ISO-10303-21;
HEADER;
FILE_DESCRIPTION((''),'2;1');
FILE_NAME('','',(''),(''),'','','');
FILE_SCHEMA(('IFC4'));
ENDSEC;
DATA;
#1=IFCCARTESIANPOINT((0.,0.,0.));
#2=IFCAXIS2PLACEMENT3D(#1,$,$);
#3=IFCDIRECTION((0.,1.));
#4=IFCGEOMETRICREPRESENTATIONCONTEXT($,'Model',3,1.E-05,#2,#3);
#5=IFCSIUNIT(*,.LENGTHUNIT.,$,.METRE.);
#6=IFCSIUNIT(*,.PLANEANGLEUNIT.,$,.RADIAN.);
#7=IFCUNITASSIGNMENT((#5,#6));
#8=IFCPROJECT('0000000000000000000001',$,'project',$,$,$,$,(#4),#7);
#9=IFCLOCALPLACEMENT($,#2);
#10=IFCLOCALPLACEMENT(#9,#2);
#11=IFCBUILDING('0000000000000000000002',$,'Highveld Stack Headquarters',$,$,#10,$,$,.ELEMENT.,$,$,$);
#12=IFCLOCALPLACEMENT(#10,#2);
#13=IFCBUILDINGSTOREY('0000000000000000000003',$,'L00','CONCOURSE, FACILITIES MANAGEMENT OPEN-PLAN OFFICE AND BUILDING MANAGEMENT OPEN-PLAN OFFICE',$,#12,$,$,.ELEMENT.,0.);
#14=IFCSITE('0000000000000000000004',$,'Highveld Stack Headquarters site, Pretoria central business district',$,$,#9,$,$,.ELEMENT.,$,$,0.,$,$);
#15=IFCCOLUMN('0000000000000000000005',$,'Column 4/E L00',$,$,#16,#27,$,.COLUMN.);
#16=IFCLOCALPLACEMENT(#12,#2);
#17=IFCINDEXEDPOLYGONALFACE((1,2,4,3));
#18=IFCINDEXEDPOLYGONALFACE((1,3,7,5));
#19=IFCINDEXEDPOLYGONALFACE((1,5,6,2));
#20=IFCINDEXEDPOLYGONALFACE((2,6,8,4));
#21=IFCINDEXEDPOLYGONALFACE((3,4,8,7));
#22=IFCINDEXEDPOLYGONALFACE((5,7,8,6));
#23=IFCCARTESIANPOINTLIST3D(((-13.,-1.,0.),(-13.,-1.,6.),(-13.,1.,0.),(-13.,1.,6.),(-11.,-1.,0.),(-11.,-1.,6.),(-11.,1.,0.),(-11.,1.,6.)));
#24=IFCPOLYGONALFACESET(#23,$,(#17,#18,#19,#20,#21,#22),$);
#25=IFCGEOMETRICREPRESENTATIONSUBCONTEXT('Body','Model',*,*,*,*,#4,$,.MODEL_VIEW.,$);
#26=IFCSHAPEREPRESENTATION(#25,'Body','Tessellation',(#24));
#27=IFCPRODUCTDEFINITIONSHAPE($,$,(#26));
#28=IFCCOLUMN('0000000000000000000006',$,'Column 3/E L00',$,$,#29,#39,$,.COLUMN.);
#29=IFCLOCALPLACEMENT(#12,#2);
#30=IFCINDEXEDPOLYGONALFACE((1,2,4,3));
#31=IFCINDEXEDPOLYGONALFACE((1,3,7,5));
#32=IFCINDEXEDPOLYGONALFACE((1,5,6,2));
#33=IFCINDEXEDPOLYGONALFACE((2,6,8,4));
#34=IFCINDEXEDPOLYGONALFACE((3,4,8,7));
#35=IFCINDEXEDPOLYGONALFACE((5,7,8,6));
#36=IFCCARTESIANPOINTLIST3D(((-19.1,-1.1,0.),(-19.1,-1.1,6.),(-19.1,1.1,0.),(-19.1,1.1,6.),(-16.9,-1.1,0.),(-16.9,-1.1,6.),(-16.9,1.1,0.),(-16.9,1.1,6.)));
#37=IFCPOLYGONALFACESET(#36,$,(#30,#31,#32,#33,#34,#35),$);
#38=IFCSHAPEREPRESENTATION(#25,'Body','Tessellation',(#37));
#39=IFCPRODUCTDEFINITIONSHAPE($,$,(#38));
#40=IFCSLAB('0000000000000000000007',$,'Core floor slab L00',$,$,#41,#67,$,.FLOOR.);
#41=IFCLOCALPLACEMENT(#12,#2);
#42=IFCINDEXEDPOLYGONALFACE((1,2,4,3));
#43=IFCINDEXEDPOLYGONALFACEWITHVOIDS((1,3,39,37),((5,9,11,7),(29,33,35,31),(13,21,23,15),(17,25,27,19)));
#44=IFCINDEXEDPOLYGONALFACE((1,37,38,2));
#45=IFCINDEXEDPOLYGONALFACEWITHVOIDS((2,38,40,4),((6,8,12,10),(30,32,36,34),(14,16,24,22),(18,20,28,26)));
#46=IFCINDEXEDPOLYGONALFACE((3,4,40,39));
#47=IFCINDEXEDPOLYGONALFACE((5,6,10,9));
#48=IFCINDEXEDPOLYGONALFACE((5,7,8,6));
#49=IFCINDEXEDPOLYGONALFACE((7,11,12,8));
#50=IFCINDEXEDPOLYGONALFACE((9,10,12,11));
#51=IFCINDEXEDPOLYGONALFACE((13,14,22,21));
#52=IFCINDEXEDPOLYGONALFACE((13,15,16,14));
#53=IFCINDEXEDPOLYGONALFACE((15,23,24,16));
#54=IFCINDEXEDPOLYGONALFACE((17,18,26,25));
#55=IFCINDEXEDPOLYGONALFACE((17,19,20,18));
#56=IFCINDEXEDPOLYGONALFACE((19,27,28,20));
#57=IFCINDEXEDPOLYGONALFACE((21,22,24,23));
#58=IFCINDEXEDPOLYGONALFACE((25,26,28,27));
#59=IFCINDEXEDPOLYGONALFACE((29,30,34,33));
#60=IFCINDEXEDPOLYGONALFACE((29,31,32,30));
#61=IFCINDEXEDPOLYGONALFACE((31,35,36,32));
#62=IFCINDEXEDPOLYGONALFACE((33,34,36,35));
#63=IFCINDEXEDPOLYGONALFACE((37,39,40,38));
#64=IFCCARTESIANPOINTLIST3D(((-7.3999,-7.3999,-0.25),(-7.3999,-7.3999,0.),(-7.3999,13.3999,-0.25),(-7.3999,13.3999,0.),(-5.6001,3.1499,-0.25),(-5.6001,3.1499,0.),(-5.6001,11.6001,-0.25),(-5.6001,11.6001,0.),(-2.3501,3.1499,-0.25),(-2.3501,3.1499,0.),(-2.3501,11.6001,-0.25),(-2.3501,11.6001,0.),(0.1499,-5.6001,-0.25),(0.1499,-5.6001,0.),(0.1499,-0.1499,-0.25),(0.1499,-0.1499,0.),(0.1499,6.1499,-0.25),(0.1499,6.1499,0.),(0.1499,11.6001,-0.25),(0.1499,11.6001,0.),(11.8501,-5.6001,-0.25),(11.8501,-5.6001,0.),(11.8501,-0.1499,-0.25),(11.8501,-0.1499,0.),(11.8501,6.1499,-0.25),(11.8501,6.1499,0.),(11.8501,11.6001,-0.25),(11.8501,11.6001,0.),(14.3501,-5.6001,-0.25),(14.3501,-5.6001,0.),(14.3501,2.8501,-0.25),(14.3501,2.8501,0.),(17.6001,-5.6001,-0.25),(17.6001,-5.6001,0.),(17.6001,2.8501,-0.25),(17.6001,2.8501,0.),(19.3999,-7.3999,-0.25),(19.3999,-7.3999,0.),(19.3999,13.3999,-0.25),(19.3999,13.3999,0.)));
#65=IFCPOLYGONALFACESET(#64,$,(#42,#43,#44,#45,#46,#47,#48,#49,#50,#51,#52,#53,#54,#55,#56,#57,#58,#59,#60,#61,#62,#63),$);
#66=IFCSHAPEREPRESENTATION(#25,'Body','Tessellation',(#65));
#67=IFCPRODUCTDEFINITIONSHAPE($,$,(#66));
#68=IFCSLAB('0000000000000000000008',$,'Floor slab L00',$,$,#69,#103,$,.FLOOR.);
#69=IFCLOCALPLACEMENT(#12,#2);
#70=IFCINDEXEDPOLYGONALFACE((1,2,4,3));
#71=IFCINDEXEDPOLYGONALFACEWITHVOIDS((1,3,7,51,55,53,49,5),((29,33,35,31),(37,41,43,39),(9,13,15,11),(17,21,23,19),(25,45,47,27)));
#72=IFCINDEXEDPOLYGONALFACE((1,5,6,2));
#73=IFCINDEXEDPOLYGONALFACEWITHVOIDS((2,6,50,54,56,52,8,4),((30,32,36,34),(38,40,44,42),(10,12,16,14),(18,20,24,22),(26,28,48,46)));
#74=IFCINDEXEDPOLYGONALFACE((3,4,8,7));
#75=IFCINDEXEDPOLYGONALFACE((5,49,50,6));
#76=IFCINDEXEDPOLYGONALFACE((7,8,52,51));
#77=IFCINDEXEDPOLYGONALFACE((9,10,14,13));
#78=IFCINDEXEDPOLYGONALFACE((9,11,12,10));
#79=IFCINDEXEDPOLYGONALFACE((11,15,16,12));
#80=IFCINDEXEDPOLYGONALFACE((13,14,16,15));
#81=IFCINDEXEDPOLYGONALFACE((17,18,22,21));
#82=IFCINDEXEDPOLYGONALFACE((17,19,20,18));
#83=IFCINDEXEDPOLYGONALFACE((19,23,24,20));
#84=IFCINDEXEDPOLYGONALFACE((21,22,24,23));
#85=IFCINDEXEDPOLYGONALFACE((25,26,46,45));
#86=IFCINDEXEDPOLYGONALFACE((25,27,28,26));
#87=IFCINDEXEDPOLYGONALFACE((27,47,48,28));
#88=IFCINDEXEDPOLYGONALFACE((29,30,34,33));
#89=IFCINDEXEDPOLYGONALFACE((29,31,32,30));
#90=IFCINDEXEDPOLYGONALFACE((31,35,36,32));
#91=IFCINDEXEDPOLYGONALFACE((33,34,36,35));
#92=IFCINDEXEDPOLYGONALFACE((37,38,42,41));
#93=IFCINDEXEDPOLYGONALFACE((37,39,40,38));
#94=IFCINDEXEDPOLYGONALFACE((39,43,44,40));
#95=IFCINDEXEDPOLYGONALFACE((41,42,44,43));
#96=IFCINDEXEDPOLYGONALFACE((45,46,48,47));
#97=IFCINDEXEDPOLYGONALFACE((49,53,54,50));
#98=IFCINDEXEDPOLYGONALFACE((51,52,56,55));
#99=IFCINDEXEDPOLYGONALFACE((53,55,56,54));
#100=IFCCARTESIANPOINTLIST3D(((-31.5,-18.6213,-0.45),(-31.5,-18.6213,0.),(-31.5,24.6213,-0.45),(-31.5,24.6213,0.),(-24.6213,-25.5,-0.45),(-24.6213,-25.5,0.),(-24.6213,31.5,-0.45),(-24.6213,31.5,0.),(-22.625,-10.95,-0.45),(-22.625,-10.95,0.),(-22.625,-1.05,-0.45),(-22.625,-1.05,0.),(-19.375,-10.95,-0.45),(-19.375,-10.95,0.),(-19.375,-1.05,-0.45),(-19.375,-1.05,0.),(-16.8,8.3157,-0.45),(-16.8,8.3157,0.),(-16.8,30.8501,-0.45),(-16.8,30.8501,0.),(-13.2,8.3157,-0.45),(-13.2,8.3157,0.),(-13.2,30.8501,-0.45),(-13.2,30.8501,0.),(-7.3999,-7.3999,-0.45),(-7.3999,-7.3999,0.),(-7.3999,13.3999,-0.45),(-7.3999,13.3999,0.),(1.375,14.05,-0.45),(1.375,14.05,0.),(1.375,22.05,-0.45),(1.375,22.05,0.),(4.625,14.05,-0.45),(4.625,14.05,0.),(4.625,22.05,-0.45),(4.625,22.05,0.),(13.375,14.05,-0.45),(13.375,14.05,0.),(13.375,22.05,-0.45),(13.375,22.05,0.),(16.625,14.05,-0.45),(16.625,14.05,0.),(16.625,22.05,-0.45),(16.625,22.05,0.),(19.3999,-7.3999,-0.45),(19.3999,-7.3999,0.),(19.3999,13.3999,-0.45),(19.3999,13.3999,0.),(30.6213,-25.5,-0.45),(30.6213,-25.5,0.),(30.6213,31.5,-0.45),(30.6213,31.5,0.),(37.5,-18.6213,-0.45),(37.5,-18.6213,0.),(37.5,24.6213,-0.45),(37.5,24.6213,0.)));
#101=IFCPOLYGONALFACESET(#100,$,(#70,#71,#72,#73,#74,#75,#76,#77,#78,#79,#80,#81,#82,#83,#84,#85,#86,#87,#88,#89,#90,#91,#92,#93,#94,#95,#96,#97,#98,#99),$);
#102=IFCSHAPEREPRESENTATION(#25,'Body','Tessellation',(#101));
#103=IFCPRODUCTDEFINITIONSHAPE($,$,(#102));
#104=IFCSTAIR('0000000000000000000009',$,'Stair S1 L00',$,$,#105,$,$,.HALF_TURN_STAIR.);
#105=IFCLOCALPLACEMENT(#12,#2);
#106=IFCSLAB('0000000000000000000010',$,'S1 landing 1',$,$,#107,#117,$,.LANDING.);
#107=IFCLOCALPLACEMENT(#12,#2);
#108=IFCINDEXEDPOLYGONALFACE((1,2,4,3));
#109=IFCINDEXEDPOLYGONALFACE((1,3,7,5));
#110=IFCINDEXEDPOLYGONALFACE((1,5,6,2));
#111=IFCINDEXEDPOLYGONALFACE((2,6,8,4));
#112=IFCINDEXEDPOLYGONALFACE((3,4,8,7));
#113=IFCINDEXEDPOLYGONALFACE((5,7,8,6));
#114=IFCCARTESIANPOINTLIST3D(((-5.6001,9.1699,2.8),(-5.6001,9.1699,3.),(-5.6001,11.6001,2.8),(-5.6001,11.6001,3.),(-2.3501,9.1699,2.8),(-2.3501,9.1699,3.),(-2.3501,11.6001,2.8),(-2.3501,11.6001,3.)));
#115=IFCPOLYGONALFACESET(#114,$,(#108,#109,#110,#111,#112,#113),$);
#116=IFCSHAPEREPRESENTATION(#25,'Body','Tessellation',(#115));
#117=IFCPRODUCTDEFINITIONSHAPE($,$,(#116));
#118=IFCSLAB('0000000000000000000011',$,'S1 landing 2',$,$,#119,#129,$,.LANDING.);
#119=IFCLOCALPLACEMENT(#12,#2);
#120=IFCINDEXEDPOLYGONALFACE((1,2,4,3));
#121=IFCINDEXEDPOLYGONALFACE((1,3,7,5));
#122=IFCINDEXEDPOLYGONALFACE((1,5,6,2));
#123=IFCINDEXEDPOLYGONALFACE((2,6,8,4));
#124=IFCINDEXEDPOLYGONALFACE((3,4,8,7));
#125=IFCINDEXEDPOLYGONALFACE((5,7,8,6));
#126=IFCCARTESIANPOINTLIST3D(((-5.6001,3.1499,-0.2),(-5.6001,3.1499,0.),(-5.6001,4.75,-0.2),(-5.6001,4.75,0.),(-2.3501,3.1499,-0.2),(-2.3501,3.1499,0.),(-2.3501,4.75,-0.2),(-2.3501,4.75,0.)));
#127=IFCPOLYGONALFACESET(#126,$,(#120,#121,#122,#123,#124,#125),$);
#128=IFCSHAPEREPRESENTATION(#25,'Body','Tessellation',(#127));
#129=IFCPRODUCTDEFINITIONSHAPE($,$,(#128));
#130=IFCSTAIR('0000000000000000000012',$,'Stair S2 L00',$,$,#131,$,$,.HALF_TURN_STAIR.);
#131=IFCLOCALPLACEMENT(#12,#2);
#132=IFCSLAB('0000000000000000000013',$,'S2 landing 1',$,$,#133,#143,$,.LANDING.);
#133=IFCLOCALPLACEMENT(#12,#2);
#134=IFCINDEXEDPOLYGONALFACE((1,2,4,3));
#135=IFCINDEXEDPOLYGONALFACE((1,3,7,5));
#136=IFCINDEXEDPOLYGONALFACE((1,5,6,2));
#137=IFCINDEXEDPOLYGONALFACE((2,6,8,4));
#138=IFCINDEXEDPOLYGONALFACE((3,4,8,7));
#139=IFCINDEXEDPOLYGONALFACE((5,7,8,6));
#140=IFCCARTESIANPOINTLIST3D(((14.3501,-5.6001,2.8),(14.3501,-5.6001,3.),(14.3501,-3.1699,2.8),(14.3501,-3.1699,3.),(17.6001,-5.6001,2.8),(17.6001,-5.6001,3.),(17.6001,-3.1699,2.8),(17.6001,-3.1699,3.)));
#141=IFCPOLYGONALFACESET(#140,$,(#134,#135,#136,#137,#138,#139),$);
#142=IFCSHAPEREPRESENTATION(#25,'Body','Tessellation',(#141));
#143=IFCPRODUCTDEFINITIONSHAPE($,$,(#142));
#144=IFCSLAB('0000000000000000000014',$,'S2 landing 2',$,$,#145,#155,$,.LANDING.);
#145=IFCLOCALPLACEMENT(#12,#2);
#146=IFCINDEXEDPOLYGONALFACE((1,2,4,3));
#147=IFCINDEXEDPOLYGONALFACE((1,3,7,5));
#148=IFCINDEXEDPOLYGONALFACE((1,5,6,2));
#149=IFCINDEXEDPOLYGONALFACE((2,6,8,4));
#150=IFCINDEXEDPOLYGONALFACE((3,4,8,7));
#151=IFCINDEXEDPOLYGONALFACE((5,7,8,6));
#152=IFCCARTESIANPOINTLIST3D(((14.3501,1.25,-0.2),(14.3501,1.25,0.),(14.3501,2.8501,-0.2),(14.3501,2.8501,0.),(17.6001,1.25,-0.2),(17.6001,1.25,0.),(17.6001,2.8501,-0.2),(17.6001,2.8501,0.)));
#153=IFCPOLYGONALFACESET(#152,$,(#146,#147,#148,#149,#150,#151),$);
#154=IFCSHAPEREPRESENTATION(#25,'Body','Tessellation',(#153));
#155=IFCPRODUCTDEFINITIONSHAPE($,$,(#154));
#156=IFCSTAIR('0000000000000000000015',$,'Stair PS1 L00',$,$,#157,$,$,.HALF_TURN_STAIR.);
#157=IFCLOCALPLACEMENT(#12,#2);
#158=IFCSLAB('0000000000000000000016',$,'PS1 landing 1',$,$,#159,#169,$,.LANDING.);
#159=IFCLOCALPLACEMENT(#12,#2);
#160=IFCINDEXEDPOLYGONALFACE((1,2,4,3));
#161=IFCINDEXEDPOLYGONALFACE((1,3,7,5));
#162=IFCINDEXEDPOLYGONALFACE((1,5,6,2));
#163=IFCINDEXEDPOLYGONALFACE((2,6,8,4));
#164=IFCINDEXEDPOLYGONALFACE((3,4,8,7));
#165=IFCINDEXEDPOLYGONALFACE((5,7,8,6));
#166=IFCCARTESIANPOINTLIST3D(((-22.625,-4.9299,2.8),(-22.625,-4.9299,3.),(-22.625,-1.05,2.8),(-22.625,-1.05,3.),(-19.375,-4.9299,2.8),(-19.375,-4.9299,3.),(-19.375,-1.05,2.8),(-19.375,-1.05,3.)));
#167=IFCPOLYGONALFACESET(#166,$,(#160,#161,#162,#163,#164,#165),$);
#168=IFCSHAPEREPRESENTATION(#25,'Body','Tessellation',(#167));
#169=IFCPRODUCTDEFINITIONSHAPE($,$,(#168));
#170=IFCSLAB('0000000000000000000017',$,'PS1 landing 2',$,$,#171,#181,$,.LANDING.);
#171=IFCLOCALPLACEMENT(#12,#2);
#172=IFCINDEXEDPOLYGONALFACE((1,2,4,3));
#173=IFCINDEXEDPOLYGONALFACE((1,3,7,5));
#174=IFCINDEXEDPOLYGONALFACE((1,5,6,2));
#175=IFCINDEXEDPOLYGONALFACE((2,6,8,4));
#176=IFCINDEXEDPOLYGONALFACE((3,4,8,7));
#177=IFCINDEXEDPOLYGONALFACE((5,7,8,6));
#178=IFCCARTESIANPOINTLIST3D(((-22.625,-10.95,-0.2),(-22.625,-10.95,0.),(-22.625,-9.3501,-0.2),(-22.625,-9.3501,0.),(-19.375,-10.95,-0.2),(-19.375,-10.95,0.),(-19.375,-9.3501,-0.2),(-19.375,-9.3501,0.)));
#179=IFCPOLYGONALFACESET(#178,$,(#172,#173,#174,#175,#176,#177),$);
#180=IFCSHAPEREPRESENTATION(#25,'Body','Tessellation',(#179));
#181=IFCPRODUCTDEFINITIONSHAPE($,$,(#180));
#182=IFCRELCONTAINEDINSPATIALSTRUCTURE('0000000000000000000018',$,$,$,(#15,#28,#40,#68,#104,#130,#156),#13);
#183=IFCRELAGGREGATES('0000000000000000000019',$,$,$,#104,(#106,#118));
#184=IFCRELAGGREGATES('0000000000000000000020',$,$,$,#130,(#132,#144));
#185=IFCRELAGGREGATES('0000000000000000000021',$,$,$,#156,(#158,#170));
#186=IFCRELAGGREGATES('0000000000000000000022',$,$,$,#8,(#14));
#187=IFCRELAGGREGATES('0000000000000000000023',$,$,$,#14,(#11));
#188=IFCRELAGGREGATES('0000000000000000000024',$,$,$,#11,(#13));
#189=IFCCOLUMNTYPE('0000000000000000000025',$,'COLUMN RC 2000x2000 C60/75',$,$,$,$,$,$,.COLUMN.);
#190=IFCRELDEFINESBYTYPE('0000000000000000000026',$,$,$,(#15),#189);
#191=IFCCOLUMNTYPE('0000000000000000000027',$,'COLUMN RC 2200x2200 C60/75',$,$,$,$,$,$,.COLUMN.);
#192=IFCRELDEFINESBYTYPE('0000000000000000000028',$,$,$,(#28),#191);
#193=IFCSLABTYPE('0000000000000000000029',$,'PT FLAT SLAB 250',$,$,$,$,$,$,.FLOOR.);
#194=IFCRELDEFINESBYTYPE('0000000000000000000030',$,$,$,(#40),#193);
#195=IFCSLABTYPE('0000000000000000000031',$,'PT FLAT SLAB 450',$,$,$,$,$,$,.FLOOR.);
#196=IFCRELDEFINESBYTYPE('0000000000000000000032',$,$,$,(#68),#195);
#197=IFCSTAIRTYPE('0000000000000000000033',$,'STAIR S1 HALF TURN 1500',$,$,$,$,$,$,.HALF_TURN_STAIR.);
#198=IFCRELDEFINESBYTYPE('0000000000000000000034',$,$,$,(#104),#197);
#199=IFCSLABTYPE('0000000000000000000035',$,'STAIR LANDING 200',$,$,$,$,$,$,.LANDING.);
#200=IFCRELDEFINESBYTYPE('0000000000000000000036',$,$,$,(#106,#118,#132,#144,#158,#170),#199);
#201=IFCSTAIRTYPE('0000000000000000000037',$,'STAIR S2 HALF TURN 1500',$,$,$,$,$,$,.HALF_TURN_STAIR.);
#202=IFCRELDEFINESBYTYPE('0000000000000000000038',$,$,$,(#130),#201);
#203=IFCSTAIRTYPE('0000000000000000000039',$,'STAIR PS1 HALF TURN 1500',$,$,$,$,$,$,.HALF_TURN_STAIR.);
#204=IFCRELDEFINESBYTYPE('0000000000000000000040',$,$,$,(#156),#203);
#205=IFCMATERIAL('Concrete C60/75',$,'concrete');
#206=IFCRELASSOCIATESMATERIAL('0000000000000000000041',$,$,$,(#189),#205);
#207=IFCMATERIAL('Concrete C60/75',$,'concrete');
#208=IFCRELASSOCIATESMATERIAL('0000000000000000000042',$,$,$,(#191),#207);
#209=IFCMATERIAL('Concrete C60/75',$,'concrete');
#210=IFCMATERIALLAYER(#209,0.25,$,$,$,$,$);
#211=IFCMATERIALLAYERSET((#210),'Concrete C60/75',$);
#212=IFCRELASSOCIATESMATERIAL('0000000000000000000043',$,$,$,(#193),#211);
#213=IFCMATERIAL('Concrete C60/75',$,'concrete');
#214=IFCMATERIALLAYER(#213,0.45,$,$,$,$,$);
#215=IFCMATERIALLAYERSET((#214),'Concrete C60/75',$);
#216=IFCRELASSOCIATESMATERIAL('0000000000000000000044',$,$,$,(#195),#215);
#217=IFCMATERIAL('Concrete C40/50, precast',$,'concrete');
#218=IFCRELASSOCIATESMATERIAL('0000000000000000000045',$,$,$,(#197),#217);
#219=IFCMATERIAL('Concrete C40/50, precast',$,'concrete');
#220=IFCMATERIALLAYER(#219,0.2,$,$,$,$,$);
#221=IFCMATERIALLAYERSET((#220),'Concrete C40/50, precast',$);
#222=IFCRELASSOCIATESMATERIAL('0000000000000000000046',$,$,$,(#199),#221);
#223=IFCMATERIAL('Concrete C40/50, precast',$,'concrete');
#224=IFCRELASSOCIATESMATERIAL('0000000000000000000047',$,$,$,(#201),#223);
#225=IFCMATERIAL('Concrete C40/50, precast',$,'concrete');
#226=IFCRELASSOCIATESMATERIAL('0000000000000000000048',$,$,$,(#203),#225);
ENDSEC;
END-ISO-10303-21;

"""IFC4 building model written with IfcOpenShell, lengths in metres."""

from ifc_helpers import new_model, si_unit, direction, frame, origin, origin_2d, place, context, subcontext, project, spatial, polyline, rectangle, outline, extrude, material, layer, layer_set, material_profile, profile_set, type_object, element, aggregate, save


model = new_model("IFC4")

# Units and contexts
model_context = context("Model", 3, precision=1e-05, world=origin(), true_north=direction((0.0, 1.0)))
body_context = subcontext(model_context, "Body", "Model", "MODEL_VIEW")
ifc_project = project(units=[si_unit("LENGTHUNIT", "METRE"), si_unit("PLANEANGLEUNIT", "RADIAN")], contexts=[model_context])

# Site, building, storey
site_placement = place(None, origin())
site = spatial("IfcSite", under=ifc_project, at=site_placement, Name="Highveld Stack Headquarters site, Pretoria central business district", CompositionType="ELEMENT", RefElevation=0.0)
building_placement = place(site_placement, origin())
building = spatial("IfcBuilding", under=site, at=building_placement, Name="Highveld Stack Headquarters", CompositionType="ELEMENT")
storey_placement = place(building_placement, origin())
storey = spatial("IfcBuildingStorey", under=building, at=storey_placement, Name="L00", Description="CONCOURSE, FACILITIES MANAGEMENT OPEN-PLAN OFFICE AND BUILDING MANAGEMENT OPEN-PLAN OFFICE", CompositionType="ELEMENT", Elevation=0.0)

# Columns
ifc_material_1 = material(Name="Concrete C60/75", Category="concrete")
ifc_material_profile_1 = material_profile(ifc_material_1, rectangle(XDim=2.0, YDim=2.0, at=origin_2d()), Name="RC 2000x2000")
ifc_profile_set_1 = profile_set([ifc_material_profile_1], Name="Concrete C60/75")
column_type_1 = type_object("IfcColumnType", Name="COLUMN RC 2000x2000 C60/75", PredefinedType="COLUMN", material=ifc_profile_set_1)
column_1_placement = place(storey_placement, frame((-12.0, 0.0, 0.0), z_axis=(0.0, 0.0, 1.0), x_axis=(1.0, 0.0, 0.0)))
element("IfcColumn", 1, at=column_1_placement, inside=storey, type_object=column_type_1, Name="Column 4/E L00", PredefinedType="COLUMN", context=body_context, shape_type="SweptSolid", body=[
    extrude(rectangle(XDim=2.0, YDim=2.0, at=origin_2d()), origin(), (0.0, 0.0, 1.0), 6.0),
])
ifc_material_2 = material(Name="Concrete C60/75", Category="concrete")
ifc_material_profile_2 = material_profile(ifc_material_2, rectangle(XDim=2.2, YDim=2.2, at=origin_2d()), Name="RC 2200x2200")
ifc_profile_set_2 = profile_set([ifc_material_profile_2], Name="Concrete C60/75")
column_type_2 = type_object("IfcColumnType", Name="COLUMN RC 2200x2200 C60/75", PredefinedType="COLUMN", material=ifc_profile_set_2)
column_2_placement = place(storey_placement, frame((-18.0, 0.0, 0.0), z_axis=(0.0, 0.0, 1.0), x_axis=(1.0, 0.0, 0.0)))
element("IfcColumn", 2, at=column_2_placement, inside=storey, type_object=column_type_2, Name="Column 3/E L00", PredefinedType="COLUMN", context=body_context, shape_type="SweptSolid", body=[
    extrude(rectangle(XDim=2.2, YDim=2.2, at=origin_2d()), origin(), (0.0, 0.0, 1.0), 6.0),
])

# Slabs
ifc_material_3 = material(Name="Concrete C60/75", Category="concrete")
ifc_layer_1 = layer(ifc_material_3, 0.25)
ifc_layer_set_1 = layer_set([ifc_layer_1], Name="Concrete C60/75")
slab_type_1 = type_object("IfcSlabType", Name="PT FLAT SLAB 250", PredefinedType="FLOOR", material=ifc_layer_set_1)
slab_1_placement = place(storey_placement, frame((0.0, 0.0, -0.25)))
element("IfcSlab", 3, at=slab_1_placement, inside=storey, type_object=slab_type_1, Name="Core floor slab L00", PredefinedType="FLOOR", context=body_context, shape_type="SweptSolid", body=[
    extrude(outline(polyline([(-7.3999, -7.3999), (19.3999, -7.3999), (19.3999, 13.3999), (-7.3999, 13.3999), (-7.3999, -7.3999)]), holes=[polyline([(0.1499, 6.1499), (11.8501, 6.1499), (11.8501, 11.6001), (0.1499, 11.6001), (0.1499, 6.1499)]), polyline([(0.1499, -5.6001), (11.8501, -5.6001), (11.8501, -0.1499), (0.1499, -0.1499), (0.1499, -5.6001)]), polyline([(-5.6001, 3.1499), (-2.3501, 3.1499), (-2.3501, 11.6001), (-5.6001, 11.6001), (-5.6001, 3.1499)]), polyline([(14.3501, -5.6001), (17.6001, -5.6001), (17.6001, 2.8501), (14.3501, 2.8501), (14.3501, -5.6001)])]), origin(), (0.0, 0.0, 1.0), 0.25),
])
ifc_material_4 = material(Name="Concrete C60/75", Category="concrete")
ifc_layer_2 = layer(ifc_material_4, 0.45)
ifc_layer_set_2 = layer_set([ifc_layer_2], Name="Concrete C60/75")
slab_type_2 = type_object("IfcSlabType", Name="PT FLAT SLAB 450", PredefinedType="FLOOR", material=ifc_layer_set_2)
slab_2_placement = place(storey_placement, frame((0.0, 0.0, -0.45)))
element("IfcSlab", 4, at=slab_2_placement, inside=storey, type_object=slab_type_2, Name="Floor slab L00", PredefinedType="FLOOR", context=body_context, shape_type="SweptSolid", body=[
    extrude(outline(polyline([(-24.6213, -25.5), (30.6213, -25.5), (37.5, -18.6213), (37.5, 24.6213), (30.6213, 31.5), (-24.6213, 31.5), (-31.5, 24.6213), (-31.5, -18.6213), (-24.6213, -25.5)]), holes=[polyline([(-22.625, -10.95), (-19.375, -10.95), (-19.375, -1.05), (-22.625, -1.05), (-22.625, -10.95)]), polyline([(13.375, 14.05), (16.625, 14.05), (16.625, 22.05), (13.375, 22.05), (13.375, 14.05)]), polyline([(1.375, 14.05), (4.625, 14.05), (4.625, 22.05), (1.375, 22.05), (1.375, 14.05)]), polyline([(-7.3999, -7.3999), (19.3999, -7.3999), (19.3999, 13.3999), (-7.3999, 13.3999), (-7.3999, -7.3999)]), polyline([(-16.8, 30.8501), (-16.8, 8.3157), (-13.2, 8.3157), (-13.2, 30.8501), (-16.8, 30.8501)])]), origin(), (0.0, 0.0, 1.0), 0.45),
])

# Stairs, slabs
ifc_material_5 = material(Name="Concrete C40/50, precast", Category="concrete")
stair_type_1 = type_object("IfcStairType", Name="STAIR S1 HALF TURN 1500", PredefinedType="HALF_TURN_STAIR", material=ifc_material_5)
stair_1_placement = place(storey_placement, origin())
stair_1 = element("IfcStair", 5, at=stair_1_placement, inside=storey, type_object=stair_type_1, Name="Stair S1 L00", PredefinedType="HALF_TURN_STAIR")
ifc_material_6 = material(Name="Concrete C40/50, precast", Category="concrete")
ifc_layer_3 = layer(ifc_material_6, 0.2)
ifc_layer_set_3 = layer_set([ifc_layer_3], Name="Concrete C40/50, precast")
slab_type_3 = type_object("IfcSlabType", Name="STAIR LANDING 200", PredefinedType="LANDING", material=ifc_layer_set_3)
slab_3_placement = place(storey_placement, frame((0.0, 0.0, 2.8)))
slab_3 = element("IfcSlab", 6, at=slab_3_placement, type_object=slab_type_3, Name="S1 landing 1", PredefinedType="LANDING", context=body_context, shape_type="SweptSolid", body=[
    extrude(outline(polyline([(-5.6001, 9.1699), (-2.3501, 9.1699), (-2.3501, 11.6001), (-5.6001, 11.6001), (-5.6001, 9.1699)])), origin(), (0.0, 0.0, 1.0), 0.2),
])
slab_4_placement = place(storey_placement, frame((0.0, 0.0, -0.2)))
slab_4 = element("IfcSlab", 7, at=slab_4_placement, type_object=slab_type_3, Name="S1 landing 2", PredefinedType="LANDING", context=body_context, shape_type="SweptSolid", body=[
    extrude(outline(polyline([(-5.6001, 3.1499), (-2.3501, 3.1499), (-2.3501, 4.75), (-5.6001, 4.75), (-5.6001, 3.1499)])), origin(), (0.0, 0.0, 1.0), 0.2),
])
aggregate(stair_1, [slab_3, slab_4])
ifc_material_7 = material(Name="Concrete C40/50, precast", Category="concrete")
stair_type_2 = type_object("IfcStairType", Name="STAIR S2 HALF TURN 1500", PredefinedType="HALF_TURN_STAIR", material=ifc_material_7)
stair_2_placement = place(storey_placement, origin())
stair_2 = element("IfcStair", 8, at=stair_2_placement, inside=storey, type_object=stair_type_2, Name="Stair S2 L00", PredefinedType="HALF_TURN_STAIR")
slab_5_placement = place(storey_placement, frame((0.0, 0.0, 2.8)))
slab_5 = element("IfcSlab", 9, at=slab_5_placement, type_object=slab_type_3, Name="S2 landing 1", PredefinedType="LANDING", context=body_context, shape_type="SweptSolid", body=[
    extrude(outline(polyline([(14.3501, -5.6001), (17.6001, -5.6001), (17.6001, -3.1699), (14.3501, -3.1699), (14.3501, -5.6001)])), origin(), (0.0, 0.0, 1.0), 0.2),
])
slab_6_placement = place(storey_placement, frame((0.0, 0.0, -0.2)))
slab_6 = element("IfcSlab", 10, at=slab_6_placement, type_object=slab_type_3, Name="S2 landing 2", PredefinedType="LANDING", context=body_context, shape_type="SweptSolid", body=[
    extrude(outline(polyline([(14.3501, 1.25), (17.6001, 1.25), (17.6001, 2.8501), (14.3501, 2.8501), (14.3501, 1.25)])), origin(), (0.0, 0.0, 1.0), 0.2),
])
aggregate(stair_2, [slab_5, slab_6])
ifc_material_8 = material(Name="Concrete C40/50, precast", Category="concrete")
stair_type_3 = type_object("IfcStairType", Name="STAIR PS1 HALF TURN 1500", PredefinedType="HALF_TURN_STAIR", material=ifc_material_8)
stair_3_placement = place(storey_placement, origin())
stair_3 = element("IfcStair", 11, at=stair_3_placement, inside=storey, type_object=stair_type_3, Name="Stair PS1 L00", PredefinedType="HALF_TURN_STAIR")
slab_7_placement = place(storey_placement, frame((0.0, 0.0, 2.8)))
slab_7 = element("IfcSlab", 12, at=slab_7_placement, type_object=slab_type_3, Name="PS1 landing 1", PredefinedType="LANDING", context=body_context, shape_type="SweptSolid", body=[
    extrude(outline(polyline([(-22.625, -4.9299), (-19.375, -4.9299), (-19.375, -1.05), (-22.625, -1.05), (-22.625, -4.9299)])), origin(), (0.0, 0.0, 1.0), 0.2),
])
slab_8_placement = place(storey_placement, frame((0.0, 0.0, -0.2)))
slab_8 = element("IfcSlab", 13, at=slab_8_placement, type_object=slab_type_3, Name="PS1 landing 2", PredefinedType="LANDING", context=body_context, shape_type="SweptSolid", body=[
    extrude(outline(polyline([(-22.625, -10.95), (-19.375, -10.95), (-19.375, -9.3501), (-22.625, -9.3501), (-22.625, -10.95)])), origin(), (0.0, 0.0, 1.0), 0.2),
])
aggregate(stair_3, [slab_7, slab_8])

save(model, "model.ifc")
